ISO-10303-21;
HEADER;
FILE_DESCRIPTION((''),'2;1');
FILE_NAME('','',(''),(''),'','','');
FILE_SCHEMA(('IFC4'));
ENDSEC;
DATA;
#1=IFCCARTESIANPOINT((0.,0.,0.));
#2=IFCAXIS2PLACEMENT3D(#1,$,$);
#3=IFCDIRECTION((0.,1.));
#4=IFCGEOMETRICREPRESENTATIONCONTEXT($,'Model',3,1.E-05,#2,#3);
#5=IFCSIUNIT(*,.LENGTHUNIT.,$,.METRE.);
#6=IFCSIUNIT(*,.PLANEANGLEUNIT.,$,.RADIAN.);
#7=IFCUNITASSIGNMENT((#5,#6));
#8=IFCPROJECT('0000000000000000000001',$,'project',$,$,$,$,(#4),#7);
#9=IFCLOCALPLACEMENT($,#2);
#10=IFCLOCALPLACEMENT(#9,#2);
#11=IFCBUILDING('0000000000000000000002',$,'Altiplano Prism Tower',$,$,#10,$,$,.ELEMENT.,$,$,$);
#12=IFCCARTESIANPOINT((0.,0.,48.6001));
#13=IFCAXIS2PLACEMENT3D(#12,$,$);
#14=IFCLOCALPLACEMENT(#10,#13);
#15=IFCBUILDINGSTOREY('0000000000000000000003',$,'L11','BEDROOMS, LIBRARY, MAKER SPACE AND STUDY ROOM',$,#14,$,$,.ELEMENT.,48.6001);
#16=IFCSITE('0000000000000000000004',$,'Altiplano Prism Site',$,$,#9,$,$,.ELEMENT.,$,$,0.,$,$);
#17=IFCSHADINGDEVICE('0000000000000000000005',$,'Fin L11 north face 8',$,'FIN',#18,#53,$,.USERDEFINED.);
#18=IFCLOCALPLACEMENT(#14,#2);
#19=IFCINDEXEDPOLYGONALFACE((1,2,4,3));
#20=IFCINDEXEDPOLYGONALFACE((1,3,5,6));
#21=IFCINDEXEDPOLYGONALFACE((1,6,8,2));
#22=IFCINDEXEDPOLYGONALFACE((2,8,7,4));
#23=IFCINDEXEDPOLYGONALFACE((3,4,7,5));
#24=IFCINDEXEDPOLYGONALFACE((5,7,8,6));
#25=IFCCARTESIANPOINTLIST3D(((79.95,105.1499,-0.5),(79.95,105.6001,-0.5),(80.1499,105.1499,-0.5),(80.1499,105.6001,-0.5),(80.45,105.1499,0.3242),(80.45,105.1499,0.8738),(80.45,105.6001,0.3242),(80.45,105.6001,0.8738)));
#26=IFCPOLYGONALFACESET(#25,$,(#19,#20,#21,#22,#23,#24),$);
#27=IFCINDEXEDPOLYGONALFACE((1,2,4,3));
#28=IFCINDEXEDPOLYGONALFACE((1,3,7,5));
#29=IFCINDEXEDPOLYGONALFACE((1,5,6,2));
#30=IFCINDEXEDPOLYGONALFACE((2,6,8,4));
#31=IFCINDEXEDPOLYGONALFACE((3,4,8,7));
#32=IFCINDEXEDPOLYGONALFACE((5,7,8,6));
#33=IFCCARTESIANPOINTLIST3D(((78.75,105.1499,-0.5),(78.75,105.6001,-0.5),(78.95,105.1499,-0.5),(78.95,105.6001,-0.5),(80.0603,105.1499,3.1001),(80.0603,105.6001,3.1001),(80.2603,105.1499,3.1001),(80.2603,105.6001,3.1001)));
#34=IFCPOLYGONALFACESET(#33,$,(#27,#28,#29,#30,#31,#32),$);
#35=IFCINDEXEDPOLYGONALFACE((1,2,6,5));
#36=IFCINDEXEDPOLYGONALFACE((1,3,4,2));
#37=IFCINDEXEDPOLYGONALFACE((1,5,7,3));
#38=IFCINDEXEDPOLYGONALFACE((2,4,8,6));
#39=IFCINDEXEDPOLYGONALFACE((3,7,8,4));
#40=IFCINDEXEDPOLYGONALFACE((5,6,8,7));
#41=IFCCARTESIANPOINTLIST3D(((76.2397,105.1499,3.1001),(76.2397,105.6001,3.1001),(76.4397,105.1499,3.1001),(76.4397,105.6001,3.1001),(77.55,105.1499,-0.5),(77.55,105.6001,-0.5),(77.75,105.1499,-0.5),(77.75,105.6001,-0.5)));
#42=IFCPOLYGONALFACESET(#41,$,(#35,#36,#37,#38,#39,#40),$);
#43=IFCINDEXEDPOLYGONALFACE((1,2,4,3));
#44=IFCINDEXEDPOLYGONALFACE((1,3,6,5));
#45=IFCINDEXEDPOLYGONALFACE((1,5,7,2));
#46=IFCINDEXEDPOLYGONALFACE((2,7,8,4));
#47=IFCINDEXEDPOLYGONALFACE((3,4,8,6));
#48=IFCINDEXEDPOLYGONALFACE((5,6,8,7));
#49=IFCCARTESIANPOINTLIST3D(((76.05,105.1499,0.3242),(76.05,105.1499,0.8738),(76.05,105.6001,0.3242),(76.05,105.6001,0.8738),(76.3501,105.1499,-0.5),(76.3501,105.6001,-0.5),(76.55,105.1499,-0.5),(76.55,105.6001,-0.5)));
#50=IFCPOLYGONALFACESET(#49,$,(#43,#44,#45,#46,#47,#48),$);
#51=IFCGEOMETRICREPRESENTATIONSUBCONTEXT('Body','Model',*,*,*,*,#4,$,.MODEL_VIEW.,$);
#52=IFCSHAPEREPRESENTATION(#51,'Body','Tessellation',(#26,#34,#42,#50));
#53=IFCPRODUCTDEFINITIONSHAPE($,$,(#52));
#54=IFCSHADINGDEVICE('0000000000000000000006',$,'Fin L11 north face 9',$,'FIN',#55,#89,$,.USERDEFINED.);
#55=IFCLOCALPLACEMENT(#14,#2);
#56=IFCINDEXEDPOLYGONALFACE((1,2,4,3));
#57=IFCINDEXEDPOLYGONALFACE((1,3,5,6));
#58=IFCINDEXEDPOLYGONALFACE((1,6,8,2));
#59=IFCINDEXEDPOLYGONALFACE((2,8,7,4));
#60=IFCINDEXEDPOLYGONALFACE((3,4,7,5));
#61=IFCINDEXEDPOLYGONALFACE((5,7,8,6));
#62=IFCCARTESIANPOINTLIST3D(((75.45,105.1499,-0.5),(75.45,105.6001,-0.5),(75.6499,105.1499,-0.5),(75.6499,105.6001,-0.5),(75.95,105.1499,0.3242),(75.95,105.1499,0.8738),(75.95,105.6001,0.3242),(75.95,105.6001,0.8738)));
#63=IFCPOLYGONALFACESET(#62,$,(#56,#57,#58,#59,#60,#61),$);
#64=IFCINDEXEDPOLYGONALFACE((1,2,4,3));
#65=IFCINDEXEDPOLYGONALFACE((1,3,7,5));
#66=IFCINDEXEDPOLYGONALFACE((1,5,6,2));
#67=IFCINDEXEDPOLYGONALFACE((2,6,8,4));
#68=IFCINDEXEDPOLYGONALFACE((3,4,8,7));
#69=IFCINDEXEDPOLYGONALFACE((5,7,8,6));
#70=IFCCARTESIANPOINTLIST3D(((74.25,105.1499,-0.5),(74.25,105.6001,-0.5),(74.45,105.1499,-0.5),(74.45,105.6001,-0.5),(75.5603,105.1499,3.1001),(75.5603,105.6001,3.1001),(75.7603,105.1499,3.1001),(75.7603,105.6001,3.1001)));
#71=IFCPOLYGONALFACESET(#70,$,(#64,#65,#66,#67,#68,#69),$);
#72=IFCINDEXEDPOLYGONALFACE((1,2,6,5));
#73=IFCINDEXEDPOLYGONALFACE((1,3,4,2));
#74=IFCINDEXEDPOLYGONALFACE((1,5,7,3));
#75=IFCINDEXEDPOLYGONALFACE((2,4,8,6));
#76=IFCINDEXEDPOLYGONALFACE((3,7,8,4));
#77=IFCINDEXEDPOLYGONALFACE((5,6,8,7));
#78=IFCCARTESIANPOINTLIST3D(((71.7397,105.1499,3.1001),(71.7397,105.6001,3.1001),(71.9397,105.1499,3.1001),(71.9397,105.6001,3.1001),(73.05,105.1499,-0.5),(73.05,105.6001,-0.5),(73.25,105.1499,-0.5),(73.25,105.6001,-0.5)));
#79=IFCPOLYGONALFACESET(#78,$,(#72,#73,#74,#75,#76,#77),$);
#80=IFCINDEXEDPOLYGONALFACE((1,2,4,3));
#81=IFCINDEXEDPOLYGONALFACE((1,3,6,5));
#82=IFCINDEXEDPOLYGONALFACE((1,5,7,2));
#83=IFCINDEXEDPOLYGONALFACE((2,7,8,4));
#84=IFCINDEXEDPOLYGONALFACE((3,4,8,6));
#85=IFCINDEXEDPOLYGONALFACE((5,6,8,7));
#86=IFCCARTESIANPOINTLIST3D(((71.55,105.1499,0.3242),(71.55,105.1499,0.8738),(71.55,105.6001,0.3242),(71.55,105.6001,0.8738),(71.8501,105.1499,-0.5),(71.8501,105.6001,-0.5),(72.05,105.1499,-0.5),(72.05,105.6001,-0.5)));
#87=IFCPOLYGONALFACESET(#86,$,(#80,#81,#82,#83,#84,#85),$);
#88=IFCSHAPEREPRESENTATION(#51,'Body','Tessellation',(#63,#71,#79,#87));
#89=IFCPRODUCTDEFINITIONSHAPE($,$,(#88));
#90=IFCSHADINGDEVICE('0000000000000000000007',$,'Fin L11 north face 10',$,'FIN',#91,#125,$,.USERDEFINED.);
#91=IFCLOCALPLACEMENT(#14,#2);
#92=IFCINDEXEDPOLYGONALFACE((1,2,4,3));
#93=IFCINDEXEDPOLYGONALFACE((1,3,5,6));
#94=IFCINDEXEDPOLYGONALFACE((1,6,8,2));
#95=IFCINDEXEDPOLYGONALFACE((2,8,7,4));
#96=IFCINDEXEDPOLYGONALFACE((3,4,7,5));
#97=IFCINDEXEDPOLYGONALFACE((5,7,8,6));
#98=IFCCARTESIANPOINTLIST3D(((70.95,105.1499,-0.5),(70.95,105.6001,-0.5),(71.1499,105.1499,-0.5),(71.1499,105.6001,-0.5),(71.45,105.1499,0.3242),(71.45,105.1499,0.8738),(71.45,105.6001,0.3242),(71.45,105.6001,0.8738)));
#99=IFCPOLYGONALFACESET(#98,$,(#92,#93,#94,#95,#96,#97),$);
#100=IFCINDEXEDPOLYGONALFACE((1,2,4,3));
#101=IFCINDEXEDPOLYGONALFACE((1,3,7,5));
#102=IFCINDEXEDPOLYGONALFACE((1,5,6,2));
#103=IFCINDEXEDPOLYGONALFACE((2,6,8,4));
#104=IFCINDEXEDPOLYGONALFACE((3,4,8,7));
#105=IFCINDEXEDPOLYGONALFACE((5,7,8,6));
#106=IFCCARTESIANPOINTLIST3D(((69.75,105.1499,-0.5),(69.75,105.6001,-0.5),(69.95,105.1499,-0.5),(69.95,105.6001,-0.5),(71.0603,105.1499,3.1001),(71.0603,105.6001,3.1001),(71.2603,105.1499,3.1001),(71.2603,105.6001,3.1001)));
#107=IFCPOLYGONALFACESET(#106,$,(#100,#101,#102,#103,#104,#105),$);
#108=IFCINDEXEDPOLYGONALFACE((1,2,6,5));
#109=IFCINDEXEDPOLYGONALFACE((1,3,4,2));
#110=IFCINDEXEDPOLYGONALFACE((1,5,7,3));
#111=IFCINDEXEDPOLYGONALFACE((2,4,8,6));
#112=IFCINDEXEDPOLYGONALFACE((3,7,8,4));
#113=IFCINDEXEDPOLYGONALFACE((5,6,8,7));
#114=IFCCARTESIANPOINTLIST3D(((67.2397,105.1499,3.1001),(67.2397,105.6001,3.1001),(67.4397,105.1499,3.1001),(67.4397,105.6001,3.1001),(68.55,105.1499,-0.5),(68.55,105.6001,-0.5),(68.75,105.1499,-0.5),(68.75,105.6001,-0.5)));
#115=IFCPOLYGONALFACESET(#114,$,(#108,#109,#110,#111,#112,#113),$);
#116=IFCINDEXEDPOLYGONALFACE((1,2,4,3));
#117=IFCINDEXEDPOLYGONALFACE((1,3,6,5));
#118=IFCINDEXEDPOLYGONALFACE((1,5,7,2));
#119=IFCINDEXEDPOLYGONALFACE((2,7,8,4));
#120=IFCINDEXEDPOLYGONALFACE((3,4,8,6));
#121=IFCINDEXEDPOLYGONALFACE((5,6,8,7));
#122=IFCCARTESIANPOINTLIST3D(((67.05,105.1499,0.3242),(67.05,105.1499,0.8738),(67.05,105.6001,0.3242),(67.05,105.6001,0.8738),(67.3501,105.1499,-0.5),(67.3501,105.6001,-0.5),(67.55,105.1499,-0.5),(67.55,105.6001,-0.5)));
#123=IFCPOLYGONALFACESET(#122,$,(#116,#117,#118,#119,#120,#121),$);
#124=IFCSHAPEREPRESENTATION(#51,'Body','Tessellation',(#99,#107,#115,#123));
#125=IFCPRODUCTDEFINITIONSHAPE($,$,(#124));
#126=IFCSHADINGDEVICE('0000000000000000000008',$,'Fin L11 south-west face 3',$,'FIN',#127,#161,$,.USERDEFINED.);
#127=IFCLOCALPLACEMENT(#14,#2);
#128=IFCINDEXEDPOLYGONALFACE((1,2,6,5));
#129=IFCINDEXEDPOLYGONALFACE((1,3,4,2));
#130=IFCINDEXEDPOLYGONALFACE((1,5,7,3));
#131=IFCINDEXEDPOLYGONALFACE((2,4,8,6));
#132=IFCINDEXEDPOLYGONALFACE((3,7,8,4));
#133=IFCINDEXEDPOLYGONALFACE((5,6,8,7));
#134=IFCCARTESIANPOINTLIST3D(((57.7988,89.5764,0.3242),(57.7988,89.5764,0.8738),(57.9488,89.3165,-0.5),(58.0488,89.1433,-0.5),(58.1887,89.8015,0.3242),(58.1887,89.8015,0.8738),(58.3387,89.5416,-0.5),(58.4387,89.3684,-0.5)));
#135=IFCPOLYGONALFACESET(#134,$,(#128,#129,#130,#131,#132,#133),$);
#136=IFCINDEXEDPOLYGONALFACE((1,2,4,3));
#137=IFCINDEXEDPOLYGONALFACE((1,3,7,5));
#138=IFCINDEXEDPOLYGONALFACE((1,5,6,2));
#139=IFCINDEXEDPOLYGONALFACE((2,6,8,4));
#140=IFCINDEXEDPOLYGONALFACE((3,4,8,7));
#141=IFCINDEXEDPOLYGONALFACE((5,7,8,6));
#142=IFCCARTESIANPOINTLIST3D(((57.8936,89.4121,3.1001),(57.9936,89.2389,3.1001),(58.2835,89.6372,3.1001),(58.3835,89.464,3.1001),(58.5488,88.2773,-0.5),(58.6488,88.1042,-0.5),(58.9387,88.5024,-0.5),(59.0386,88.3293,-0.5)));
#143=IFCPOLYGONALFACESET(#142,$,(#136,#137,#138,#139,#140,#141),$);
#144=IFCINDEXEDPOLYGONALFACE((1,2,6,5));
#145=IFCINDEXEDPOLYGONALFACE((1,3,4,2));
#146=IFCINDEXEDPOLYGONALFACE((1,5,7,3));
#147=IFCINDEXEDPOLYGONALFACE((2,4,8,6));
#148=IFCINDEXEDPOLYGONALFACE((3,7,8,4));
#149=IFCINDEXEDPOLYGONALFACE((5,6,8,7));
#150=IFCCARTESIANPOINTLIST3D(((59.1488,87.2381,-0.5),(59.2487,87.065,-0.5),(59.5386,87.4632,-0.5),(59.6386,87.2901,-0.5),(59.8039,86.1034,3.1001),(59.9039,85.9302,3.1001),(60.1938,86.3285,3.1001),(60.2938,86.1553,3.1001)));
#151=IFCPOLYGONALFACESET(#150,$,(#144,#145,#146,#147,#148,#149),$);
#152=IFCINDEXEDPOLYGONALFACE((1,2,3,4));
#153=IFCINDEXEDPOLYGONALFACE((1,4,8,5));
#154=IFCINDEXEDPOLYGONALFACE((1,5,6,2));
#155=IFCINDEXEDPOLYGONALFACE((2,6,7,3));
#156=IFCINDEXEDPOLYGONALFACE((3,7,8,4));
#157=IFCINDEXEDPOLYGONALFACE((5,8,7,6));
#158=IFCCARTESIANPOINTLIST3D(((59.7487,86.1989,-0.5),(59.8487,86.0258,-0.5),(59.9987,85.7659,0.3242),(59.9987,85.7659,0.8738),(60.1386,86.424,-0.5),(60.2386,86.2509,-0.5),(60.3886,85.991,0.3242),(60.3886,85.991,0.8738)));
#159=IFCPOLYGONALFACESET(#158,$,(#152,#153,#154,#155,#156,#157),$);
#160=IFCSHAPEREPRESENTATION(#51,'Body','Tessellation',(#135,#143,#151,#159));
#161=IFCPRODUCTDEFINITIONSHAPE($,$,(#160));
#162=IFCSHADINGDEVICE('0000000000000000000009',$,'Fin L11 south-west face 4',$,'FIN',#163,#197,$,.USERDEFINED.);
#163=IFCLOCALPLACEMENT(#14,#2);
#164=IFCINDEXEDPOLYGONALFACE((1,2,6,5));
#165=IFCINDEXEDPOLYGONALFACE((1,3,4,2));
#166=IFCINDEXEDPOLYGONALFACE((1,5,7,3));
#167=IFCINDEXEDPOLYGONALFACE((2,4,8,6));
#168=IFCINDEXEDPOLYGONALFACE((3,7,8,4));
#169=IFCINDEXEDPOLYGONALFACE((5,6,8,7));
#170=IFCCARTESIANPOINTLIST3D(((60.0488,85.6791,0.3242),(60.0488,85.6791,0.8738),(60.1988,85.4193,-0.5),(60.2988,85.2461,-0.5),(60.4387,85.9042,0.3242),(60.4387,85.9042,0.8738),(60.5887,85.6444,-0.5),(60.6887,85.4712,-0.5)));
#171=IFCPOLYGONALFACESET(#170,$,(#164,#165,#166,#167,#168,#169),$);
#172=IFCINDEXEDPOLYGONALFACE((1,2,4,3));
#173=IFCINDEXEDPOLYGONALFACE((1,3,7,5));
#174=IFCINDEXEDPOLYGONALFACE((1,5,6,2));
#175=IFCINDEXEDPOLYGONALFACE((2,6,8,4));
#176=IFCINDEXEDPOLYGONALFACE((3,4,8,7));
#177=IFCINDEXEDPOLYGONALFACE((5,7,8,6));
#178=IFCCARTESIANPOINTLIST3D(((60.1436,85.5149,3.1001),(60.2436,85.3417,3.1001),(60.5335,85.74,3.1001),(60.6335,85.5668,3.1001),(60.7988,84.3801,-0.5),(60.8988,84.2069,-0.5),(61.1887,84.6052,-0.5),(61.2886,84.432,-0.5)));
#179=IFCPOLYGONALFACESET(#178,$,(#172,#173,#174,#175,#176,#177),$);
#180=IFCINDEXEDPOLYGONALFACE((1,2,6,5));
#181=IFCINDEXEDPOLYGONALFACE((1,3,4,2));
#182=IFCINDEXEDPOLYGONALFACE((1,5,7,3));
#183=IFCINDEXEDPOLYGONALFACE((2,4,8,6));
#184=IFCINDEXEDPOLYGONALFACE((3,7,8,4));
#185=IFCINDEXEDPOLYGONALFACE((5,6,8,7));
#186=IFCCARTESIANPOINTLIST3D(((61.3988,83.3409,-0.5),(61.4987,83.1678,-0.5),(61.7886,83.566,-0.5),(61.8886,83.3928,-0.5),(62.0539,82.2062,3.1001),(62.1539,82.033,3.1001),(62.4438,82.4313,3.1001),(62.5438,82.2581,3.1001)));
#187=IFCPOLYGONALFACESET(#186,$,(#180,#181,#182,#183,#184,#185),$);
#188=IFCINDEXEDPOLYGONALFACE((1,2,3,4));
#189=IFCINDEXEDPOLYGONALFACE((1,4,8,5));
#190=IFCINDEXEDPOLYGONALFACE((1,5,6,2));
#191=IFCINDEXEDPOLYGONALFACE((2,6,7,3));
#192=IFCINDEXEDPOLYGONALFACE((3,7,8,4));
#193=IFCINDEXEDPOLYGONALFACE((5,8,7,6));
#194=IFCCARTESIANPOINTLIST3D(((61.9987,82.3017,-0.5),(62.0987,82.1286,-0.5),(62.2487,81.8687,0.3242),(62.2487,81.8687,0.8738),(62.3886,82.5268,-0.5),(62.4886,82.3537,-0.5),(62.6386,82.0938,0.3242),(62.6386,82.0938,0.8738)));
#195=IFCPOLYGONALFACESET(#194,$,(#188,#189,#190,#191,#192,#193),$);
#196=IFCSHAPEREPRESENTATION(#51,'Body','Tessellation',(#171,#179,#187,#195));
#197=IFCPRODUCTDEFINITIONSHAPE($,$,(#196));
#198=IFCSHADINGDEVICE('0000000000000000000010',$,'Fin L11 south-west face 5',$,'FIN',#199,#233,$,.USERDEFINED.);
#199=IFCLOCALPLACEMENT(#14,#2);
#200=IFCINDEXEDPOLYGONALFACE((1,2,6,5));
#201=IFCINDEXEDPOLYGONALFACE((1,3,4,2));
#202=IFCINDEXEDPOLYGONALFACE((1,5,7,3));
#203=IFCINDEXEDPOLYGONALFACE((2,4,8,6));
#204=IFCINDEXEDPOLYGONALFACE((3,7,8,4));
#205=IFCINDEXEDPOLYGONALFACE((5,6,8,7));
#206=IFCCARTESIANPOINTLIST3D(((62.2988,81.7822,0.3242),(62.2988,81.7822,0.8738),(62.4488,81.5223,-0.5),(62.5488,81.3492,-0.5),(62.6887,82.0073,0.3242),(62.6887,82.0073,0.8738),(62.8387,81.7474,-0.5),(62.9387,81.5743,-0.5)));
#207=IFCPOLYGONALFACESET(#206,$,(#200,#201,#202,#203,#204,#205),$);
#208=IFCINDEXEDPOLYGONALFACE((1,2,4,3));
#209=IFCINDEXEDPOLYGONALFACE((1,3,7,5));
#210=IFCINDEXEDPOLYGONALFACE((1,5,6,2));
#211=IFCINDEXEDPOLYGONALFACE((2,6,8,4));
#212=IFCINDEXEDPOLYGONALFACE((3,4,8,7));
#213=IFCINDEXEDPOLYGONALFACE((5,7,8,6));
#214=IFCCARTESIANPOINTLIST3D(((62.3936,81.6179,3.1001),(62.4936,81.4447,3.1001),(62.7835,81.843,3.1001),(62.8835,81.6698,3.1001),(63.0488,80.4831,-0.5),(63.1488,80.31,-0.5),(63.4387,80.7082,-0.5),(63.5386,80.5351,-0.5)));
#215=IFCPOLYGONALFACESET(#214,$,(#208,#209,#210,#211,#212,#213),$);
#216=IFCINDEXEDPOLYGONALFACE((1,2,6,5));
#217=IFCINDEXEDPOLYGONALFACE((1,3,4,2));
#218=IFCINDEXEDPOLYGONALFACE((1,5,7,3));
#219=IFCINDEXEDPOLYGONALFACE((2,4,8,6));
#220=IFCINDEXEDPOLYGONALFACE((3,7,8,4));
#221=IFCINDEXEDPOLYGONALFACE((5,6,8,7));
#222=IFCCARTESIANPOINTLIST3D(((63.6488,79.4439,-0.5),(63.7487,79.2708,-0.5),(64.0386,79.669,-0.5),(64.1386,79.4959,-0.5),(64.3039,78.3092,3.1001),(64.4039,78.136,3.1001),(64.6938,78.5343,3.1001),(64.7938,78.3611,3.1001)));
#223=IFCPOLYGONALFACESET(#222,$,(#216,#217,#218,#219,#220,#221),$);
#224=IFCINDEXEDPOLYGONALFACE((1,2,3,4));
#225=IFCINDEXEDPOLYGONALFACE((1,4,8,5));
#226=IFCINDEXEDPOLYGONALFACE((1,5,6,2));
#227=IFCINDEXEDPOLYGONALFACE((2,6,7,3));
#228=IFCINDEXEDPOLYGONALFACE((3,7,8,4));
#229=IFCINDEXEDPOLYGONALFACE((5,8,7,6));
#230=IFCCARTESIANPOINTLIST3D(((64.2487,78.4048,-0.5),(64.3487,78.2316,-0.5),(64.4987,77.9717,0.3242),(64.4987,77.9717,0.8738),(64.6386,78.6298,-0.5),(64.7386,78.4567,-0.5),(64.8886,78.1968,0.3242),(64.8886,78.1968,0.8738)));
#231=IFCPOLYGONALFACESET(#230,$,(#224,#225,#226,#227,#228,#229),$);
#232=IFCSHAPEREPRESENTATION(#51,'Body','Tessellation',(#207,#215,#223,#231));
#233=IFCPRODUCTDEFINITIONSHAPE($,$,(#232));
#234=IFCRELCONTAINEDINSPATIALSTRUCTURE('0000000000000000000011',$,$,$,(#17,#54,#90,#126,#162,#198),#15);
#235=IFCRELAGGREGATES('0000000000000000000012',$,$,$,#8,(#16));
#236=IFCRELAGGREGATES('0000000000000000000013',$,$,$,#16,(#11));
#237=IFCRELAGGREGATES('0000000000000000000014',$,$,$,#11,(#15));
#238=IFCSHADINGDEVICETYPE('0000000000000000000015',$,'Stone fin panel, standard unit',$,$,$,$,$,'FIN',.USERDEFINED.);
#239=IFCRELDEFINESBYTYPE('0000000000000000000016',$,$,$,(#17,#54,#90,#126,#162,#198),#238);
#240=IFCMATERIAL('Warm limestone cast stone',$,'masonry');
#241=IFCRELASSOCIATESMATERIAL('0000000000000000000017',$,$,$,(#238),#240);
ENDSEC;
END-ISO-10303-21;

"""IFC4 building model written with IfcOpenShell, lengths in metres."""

from ifc_helpers import new_model, si_unit, direction, frame, origin, place, context, subcontext, project, spatial, polyline, outline, extrude, source, transform, mapped, material, type_object, element, save


model = new_model("IFC4")

# Units and contexts
model_context = context("Model", 3, precision=1e-05, world=origin(), true_north=direction((0.0, 1.0)))
body_context = subcontext(model_context, "Body", "Model", "MODEL_VIEW")
ifc_project = project(units=[si_unit("LENGTHUNIT", "METRE"), si_unit("PLANEANGLEUNIT", "RADIAN")], contexts=[model_context])

# Site, building, storey
site_placement = place(None, origin())
site = spatial("IfcSite", under=ifc_project, at=site_placement, Name="Altiplano Prism Site", CompositionType="ELEMENT", RefElevation=0.0)
building_placement = place(site_placement, origin())
building = spatial("IfcBuilding", under=site, at=building_placement, Name="Altiplano Prism Tower", CompositionType="ELEMENT")
storey_placement = place(building_placement, frame((0.0, 0.0, 48.6001)))
storey = spatial("IfcBuildingStorey", under=building, at=storey_placement, Name="L11", Description="BEDROOMS, LIBRARY, MAKER SPACE AND STUDY ROOM", CompositionType="ELEMENT", Elevation=48.6001)

# Shading devices
ifc_material_1 = material(Name="Warm limestone cast stone", Category="masonry")
shading_device_type_1 = type_object("IfcShadingDeviceType", Name="Stone fin panel, standard unit", ElementType="FIN", PredefinedType="USERDEFINED", material=ifc_material_1)
shared_shape_1 = source(origin(), body_context, "Body", "SweptSolid", [
    extrude(outline(polyline([(-2.2, 1.3738), (-2.2, 0.8242), (-1.8999, 0.0), (-1.7, 0.0), (-2.2, 1.3738)])), frame((0.0, -0.1499, 0.0), z_axis=(0.0, -1.0, 0.0), x_axis=(1.0, 0.0, 0.0)), (0.0, 0.0, 1.0), 0.4502),
    extrude(outline(polyline([(-2.0103, 3.6001), (-0.7, 0.0), (-0.5, 0.0), (-1.8103, 3.6001), (-2.0103, 3.6001)])), frame((0.0, -0.1499, 0.0), z_axis=(0.0, -1.0, 0.0), x_axis=(1.0, 0.0, 0.0)), (0.0, 0.0, 1.0), 0.4502),
    extrude(outline(polyline([(1.8103, 3.6001), (0.5, 0.0), (0.7, 0.0), (2.0103, 3.6001), (1.8103, 3.6001)])), frame((0.0, -0.1499, 0.0), z_axis=(0.0, -1.0, 0.0), x_axis=(1.0, 0.0, 0.0)), (0.0, 0.0, 1.0), 0.4502),
    extrude(outline(polyline([(2.2, 0.8242), (2.2, 1.3738), (1.7, 0.0), (1.8999, 0.0), (2.2, 0.8242)])), frame((0.0, -0.1499, 0.0), z_axis=(0.0, -1.0, 0.0), x_axis=(1.0, 0.0, 0.0)), (0.0, 0.0, 1.0), 0.4502),
])
shading_device_1_placement = place(storey_placement, origin())
element("IfcShadingDevice", 1, at=shading_device_1_placement, inside=storey, type_object=shading_device_type_1, Name="Fin L11 north face 8", ObjectType="FIN", PredefinedType="USERDEFINED", context=body_context, shape_type="MappedRepresentation", body=[
    mapped(shared_shape_1, transform((78.25, 105.0, -0.5), x_axis=(-1.0, 0.0, 0.0), y_axis=(0.0, -1.0, 0.0), z_axis=(0.0, 0.0, 1.0))),
])
shading_device_2_placement = place(storey_placement, origin())
element("IfcShadingDevice", 2, at=shading_device_2_placement, inside=storey, type_object=shading_device_type_1, Name="Fin L11 north face 9", ObjectType="FIN", PredefinedType="USERDEFINED", context=body_context, shape_type="MappedRepresentation", body=[
    mapped(shared_shape_1, transform((73.75, 105.0, -0.5), x_axis=(-1.0, 0.0, 0.0), y_axis=(0.0, -1.0, 0.0), z_axis=(0.0, 0.0, 1.0))),
])
shading_device_3_placement = place(storey_placement, origin())
element("IfcShadingDevice", 3, at=shading_device_3_placement, inside=storey, type_object=shading_device_type_1, Name="Fin L11 north face 10", ObjectType="FIN", PredefinedType="USERDEFINED", context=body_context, shape_type="MappedRepresentation", body=[
    mapped(shared_shape_1, transform((69.25, 105.0, -0.5), x_axis=(-1.0, 0.0, 0.0), y_axis=(0.0, -1.0, 0.0), z_axis=(0.0, 0.0, 1.0))),
])
shading_device_4_placement = place(storey_placement, origin())
element("IfcShadingDevice", 4, at=shading_device_4_placement, inside=storey, type_object=shading_device_type_1, Name="Fin L11 south-west face 3", ObjectType="FIN", PredefinedType="USERDEFINED", context=body_context, shape_type="MappedRepresentation", body=[
    mapped(shared_shape_1, transform((59.4185, 87.9712, -0.5), x_axis=(0.5, -0.866025, 0.0), y_axis=(0.866025, 0.5, 0.0), z_axis=(0.0, 0.0, 1.0))),
])
shading_device_5_placement = place(storey_placement, origin())
element("IfcShadingDevice", 5, at=shading_device_5_placement, inside=storey, type_object=shading_device_type_1, Name="Fin L11 south-west face 4", ObjectType="FIN", PredefinedType="USERDEFINED", context=body_context, shape_type="MappedRepresentation", body=[
    mapped(shared_shape_1, transform((61.6685, 84.074, -0.5), x_axis=(0.5, -0.866025, 0.0), y_axis=(0.866025, 0.5, 0.0), z_axis=(0.0, 0.0, 1.0))),
])
shading_device_6_placement = place(storey_placement, origin())
element("IfcShadingDevice", 6, at=shading_device_6_placement, inside=storey, type_object=shading_device_type_1, Name="Fin L11 south-west face 5", ObjectType="FIN", PredefinedType="USERDEFINED", context=body_context, shape_type="MappedRepresentation", body=[
    mapped(shared_shape_1, transform((63.9185, 80.177, -0.5), x_axis=(0.5, -0.866025, 0.0), y_axis=(0.866025, 0.5, 0.0), z_axis=(0.0, 0.0, 1.0))),
])

save(model, "model.ifc")
